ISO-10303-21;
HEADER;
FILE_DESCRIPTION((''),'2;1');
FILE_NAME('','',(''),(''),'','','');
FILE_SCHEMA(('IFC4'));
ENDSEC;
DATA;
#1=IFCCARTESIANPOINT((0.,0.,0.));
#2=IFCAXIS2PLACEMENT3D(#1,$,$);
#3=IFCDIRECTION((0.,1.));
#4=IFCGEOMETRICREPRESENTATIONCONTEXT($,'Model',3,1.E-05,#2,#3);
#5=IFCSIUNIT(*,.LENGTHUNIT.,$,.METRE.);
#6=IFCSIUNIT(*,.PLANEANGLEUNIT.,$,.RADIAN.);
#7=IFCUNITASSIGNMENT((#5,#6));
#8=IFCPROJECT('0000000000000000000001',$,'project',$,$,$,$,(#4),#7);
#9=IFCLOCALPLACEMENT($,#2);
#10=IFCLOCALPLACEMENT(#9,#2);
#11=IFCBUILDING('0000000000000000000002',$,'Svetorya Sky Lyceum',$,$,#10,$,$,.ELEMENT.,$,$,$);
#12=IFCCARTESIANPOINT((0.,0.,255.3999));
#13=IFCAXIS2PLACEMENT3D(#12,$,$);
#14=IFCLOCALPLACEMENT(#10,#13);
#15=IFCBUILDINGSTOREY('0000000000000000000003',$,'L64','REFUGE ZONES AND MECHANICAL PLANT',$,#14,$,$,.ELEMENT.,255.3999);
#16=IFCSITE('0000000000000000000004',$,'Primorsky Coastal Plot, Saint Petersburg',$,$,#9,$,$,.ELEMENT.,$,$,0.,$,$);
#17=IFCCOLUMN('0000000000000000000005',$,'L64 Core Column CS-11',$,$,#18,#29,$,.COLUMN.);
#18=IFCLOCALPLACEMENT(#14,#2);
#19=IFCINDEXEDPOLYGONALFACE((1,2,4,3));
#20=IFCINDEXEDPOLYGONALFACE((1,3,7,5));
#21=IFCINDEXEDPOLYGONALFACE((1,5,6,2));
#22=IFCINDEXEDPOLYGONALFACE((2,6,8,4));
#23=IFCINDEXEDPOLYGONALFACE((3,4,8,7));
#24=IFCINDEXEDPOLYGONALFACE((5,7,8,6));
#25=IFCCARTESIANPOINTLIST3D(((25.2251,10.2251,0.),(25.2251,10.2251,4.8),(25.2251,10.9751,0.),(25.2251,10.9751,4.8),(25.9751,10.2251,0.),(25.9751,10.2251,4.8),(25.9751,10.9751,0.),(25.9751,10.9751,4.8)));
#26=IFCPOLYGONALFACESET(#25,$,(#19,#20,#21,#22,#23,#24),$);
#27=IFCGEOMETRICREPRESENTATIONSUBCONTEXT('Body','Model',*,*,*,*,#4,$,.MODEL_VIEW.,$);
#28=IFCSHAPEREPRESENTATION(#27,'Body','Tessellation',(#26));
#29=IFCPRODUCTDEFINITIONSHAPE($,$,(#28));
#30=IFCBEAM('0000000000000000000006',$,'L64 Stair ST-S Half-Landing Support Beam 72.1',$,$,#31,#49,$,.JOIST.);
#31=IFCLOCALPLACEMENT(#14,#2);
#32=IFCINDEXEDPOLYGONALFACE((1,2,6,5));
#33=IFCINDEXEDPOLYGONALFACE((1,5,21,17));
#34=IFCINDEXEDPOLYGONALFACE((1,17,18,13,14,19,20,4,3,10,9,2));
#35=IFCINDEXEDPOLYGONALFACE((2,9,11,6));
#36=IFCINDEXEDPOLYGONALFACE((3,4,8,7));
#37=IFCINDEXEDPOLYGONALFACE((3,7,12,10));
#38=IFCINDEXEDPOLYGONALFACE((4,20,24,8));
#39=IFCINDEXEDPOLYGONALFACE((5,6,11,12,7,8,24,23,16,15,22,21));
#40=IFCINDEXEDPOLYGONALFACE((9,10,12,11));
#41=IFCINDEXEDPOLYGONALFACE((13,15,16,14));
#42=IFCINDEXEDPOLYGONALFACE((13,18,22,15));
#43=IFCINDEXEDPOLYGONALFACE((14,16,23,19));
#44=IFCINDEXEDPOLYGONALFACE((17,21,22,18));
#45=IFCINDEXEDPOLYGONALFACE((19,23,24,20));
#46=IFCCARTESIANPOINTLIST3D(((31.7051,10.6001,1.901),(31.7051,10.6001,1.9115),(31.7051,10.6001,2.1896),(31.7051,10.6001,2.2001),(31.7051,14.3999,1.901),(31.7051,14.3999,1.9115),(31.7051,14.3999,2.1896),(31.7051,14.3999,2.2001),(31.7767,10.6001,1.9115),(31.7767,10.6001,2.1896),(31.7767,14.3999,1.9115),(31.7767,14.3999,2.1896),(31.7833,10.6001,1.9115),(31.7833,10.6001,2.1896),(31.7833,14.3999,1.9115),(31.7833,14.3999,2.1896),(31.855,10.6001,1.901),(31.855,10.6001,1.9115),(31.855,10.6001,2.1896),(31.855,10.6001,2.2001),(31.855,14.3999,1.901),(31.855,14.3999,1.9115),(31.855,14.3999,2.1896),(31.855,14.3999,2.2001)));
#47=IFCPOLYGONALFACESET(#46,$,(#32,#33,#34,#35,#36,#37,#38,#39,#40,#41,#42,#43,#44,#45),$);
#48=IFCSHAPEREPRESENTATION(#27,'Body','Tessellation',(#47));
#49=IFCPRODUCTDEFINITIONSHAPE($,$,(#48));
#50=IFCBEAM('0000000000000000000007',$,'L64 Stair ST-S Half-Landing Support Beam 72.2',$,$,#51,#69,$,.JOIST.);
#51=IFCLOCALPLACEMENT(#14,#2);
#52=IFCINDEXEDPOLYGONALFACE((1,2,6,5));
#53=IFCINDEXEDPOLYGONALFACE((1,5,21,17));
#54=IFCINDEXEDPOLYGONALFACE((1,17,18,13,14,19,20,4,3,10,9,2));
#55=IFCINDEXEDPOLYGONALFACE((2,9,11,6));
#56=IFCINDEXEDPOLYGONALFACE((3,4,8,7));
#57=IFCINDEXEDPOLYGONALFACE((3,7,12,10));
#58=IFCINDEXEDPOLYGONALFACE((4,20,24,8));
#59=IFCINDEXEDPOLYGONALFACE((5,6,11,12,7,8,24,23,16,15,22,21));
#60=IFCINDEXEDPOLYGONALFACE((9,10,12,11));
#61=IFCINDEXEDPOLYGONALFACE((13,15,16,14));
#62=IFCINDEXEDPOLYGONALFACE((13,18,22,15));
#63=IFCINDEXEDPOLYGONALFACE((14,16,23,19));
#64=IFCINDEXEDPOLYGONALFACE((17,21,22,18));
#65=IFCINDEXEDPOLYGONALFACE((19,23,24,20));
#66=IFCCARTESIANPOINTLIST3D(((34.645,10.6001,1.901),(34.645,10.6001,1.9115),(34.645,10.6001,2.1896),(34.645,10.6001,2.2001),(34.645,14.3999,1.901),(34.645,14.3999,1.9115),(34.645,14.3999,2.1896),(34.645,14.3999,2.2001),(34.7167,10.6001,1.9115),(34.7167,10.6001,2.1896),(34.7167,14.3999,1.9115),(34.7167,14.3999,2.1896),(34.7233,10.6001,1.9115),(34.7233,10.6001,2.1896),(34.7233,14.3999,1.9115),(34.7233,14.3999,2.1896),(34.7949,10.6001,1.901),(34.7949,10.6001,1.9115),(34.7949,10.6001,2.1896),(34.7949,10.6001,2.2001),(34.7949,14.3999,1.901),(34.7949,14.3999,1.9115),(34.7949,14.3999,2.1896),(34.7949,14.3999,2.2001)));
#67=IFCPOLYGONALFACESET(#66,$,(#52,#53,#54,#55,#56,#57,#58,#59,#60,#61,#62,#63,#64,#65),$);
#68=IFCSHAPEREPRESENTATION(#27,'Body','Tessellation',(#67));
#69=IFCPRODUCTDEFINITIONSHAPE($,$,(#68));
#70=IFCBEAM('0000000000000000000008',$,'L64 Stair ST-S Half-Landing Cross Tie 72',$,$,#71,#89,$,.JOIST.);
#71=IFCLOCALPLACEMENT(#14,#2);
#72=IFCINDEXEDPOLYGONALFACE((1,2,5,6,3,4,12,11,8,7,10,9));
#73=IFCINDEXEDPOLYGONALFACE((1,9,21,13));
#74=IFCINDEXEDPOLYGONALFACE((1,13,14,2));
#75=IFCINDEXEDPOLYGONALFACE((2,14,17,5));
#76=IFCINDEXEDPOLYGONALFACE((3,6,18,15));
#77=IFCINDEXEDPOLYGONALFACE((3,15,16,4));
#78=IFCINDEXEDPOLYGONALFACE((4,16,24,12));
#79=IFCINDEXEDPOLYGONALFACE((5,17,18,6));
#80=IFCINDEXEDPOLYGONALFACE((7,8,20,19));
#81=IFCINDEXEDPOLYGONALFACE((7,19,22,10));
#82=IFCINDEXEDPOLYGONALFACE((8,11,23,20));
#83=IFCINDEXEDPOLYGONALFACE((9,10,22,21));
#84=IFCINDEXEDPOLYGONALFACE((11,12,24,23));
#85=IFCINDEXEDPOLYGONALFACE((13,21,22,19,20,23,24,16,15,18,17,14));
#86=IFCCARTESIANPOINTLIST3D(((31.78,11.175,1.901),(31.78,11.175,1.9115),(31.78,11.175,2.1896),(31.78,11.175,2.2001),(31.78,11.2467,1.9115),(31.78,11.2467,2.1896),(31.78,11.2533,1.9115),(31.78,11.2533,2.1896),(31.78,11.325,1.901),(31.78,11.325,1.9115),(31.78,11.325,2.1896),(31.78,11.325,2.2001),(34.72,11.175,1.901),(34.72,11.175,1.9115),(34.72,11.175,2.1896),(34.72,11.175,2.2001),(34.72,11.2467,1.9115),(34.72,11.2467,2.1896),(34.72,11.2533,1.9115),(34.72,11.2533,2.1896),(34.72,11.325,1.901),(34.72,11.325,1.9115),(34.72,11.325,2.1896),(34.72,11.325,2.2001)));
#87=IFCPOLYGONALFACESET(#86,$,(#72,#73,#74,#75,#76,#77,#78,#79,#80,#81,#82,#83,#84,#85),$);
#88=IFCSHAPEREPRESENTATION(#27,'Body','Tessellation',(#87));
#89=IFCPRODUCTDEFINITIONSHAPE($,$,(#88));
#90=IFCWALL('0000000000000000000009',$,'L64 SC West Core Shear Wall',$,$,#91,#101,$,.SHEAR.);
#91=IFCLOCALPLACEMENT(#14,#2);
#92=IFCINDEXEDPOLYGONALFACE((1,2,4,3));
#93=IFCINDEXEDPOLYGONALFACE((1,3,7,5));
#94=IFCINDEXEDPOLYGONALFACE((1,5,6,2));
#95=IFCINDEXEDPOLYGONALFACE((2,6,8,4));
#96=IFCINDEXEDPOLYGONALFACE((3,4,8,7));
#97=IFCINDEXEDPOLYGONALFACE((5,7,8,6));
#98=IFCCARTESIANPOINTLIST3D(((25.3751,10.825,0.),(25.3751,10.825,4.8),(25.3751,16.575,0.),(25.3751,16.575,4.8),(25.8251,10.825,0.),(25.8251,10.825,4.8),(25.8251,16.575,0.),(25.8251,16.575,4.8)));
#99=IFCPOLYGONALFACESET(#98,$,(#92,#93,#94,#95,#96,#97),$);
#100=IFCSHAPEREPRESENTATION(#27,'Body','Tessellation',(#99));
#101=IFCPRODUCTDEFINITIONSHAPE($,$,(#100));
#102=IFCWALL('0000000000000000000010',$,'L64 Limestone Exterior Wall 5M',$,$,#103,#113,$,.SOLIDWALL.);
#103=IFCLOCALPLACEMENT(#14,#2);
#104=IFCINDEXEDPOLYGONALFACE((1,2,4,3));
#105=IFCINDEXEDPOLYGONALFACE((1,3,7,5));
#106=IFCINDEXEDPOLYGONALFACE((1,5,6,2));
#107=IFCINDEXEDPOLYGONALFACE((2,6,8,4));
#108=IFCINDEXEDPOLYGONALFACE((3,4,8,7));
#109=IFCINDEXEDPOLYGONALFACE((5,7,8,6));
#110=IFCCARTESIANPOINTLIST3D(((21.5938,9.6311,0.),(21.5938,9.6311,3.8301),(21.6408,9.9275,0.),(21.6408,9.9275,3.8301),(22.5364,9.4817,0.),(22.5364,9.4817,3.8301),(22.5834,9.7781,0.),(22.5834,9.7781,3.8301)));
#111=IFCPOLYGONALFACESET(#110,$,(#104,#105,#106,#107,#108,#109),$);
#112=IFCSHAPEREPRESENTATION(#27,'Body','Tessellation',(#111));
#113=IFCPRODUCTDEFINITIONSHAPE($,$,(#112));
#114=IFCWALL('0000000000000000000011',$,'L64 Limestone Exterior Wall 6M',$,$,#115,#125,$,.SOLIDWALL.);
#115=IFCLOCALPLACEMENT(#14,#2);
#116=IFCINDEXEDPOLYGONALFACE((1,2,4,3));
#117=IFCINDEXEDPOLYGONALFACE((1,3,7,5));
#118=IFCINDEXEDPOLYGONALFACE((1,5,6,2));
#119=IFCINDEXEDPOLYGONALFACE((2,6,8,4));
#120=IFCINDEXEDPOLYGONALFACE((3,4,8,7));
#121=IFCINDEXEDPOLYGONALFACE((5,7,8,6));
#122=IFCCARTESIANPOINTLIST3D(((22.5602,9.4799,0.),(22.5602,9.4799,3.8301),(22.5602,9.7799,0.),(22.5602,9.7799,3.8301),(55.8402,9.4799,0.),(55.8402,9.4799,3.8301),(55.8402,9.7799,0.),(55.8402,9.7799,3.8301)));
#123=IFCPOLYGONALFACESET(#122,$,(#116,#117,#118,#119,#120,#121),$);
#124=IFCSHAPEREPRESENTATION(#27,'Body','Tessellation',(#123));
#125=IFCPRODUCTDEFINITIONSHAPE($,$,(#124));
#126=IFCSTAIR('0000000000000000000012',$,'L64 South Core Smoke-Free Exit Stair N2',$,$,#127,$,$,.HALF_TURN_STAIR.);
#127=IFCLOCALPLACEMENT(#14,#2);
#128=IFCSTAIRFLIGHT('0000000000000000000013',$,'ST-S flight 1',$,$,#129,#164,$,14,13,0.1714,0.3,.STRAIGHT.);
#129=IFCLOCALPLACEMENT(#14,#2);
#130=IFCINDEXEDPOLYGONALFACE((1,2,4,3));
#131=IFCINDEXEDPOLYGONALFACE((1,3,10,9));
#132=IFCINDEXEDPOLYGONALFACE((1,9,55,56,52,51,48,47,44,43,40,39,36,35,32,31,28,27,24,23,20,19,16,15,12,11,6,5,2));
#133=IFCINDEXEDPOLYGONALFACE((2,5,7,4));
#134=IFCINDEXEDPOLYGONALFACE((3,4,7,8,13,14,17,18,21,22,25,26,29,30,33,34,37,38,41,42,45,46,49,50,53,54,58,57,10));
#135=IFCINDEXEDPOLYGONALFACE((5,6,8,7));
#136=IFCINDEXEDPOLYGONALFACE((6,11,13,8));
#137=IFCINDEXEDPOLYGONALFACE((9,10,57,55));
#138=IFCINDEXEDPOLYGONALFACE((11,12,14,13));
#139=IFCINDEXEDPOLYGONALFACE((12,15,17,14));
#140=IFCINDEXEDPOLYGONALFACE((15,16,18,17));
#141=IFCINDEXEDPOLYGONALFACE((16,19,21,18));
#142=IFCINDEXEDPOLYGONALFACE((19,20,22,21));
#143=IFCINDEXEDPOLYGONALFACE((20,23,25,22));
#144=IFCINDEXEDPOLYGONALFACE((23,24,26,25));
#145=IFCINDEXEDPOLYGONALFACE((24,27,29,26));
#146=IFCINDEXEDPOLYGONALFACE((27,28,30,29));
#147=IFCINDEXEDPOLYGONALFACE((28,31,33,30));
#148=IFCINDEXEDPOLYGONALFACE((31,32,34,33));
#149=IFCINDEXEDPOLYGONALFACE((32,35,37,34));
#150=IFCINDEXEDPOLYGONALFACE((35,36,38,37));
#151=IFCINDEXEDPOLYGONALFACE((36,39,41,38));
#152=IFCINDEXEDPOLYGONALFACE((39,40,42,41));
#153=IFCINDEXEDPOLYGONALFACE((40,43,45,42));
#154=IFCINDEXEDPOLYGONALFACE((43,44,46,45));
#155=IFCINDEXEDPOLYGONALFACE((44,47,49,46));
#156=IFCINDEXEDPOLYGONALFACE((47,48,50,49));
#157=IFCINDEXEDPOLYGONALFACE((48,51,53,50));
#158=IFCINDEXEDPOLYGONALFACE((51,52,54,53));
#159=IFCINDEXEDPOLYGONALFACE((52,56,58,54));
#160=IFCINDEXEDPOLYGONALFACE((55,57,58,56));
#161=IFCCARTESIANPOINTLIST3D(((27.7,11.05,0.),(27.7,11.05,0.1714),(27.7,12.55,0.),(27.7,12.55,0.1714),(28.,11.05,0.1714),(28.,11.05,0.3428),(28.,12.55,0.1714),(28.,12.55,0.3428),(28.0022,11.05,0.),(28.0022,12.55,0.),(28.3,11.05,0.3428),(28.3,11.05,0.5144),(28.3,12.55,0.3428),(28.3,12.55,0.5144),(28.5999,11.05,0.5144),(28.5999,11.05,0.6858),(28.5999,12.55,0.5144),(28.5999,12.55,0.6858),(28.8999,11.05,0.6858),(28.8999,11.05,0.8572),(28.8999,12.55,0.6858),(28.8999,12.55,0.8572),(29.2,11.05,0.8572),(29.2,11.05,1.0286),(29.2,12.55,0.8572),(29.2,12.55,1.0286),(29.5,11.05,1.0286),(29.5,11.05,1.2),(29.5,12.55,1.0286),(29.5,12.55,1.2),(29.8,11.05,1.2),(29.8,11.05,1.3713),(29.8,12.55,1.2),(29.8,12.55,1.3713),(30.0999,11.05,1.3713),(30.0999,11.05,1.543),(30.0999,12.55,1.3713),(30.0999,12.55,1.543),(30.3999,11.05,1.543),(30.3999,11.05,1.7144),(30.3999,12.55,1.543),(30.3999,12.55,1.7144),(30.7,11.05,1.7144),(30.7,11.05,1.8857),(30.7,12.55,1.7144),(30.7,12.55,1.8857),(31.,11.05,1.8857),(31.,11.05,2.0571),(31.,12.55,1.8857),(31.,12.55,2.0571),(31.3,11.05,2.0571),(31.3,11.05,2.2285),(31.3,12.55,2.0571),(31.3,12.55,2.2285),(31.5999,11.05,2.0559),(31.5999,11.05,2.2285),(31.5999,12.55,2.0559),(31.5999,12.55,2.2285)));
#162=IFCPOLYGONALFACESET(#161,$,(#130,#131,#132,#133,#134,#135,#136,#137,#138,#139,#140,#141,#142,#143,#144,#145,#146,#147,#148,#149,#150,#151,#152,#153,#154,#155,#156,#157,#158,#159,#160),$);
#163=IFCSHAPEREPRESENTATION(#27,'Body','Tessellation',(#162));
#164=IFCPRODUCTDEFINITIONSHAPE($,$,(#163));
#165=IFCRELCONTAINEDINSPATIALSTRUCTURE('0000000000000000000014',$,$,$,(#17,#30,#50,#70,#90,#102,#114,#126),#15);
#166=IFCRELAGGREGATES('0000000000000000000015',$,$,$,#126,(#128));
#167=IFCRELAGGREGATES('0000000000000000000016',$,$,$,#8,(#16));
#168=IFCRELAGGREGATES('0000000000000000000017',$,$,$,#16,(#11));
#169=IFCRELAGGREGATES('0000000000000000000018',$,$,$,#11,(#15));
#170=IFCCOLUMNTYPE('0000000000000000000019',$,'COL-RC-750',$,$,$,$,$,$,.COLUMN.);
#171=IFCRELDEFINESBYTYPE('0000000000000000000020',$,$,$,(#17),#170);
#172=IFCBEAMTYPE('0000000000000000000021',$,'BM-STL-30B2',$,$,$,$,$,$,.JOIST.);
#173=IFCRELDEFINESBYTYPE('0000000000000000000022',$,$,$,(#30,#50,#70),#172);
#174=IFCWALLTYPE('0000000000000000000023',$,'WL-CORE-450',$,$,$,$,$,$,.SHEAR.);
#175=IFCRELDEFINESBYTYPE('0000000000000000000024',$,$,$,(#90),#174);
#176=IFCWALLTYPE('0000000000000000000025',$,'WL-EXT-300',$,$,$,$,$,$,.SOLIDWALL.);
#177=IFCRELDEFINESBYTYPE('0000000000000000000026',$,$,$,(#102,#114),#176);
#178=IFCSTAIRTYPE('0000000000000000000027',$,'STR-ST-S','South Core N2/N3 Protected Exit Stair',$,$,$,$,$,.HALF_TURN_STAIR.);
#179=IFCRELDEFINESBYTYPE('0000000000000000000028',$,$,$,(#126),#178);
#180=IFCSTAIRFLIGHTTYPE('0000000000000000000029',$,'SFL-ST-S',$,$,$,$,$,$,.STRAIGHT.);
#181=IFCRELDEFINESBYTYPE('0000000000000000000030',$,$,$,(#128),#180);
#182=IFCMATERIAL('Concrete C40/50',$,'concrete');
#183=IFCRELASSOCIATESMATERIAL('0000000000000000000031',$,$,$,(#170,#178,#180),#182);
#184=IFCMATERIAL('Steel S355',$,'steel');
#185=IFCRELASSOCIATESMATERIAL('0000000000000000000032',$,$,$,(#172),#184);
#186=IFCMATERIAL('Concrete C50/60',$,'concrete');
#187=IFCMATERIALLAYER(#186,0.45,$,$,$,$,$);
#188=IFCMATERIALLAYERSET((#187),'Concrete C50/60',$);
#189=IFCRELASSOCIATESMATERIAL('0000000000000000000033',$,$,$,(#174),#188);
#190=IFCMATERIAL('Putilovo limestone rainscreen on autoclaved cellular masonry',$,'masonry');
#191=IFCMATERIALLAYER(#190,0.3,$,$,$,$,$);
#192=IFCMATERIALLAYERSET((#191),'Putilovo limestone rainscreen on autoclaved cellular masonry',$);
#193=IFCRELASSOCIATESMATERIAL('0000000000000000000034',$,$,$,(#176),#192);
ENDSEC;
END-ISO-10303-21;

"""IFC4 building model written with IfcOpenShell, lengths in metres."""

from ifc_helpers import new_model, si_unit, direction, frame, frame_2d, origin, origin_2d, place, context, subcontext, project, spatial, polyline, rectangle, i_section, outline, extrude, material, layer, layer_set, material_profile, profile_set, type_object, element, aggregate, save


model = new_model("IFC4")

# Units and contexts
model_context = context("Model", 3, precision=1e-05, world=origin(), true_north=direction((0.0, 1.0)))
body_context = subcontext(model_context, "Body", "Model", "MODEL_VIEW")
ifc_project = project(units=[si_unit("LENGTHUNIT", "METRE"), si_unit("PLANEANGLEUNIT", "RADIAN")], contexts=[model_context])

# Site, building, storey
site_placement = place(None, origin())
site = spatial("IfcSite", under=ifc_project, at=site_placement, Name="Primorsky Coastal Plot, Saint Petersburg", CompositionType="ELEMENT", RefElevation=0.0)
building_placement = place(site_placement, origin())
building = spatial("IfcBuilding", under=site, at=building_placement, Name="Svetorya Sky Lyceum", CompositionType="ELEMENT")
storey_placement = place(building_placement, frame((0.0, 0.0, 255.3999)))
storey = spatial("IfcBuildingStorey", under=building, at=storey_placement, Name="L64", Description="REFUGE ZONES AND MECHANICAL PLANT", CompositionType="ELEMENT", Elevation=255.3999)

# Column
ifc_material_1 = material(Name="Concrete C40/50", Category="concrete")
ifc_material_profile_1 = material_profile(ifc_material_1, rectangle(XDim=0.75, YDim=0.75, at=origin_2d()), Name="RC COL 750x750")
ifc_profile_set_1 = profile_set([ifc_material_profile_1], Name="Concrete C40/50")
column_type = type_object("IfcColumnType", Name="COL-RC-750", PredefinedType="COLUMN", material=ifc_profile_set_1)
column_placement = place(storey_placement, frame((25.6001, 10.6001, 0.0), z_axis=(0.0, 0.0, 1.0), x_axis=(1.0, 0.0, 0.0)))
element("IfcColumn", 1, at=column_placement, inside=storey, type_object=column_type, Name="L64 Core Column CS-11", PredefinedType="COLUMN", context=body_context, shape_type="SweptSolid", body=[
    extrude(rectangle(XDim=0.75, YDim=0.75, at=origin_2d()), origin(), (0.0, 0.0, 1.0), 4.8),
])

# Beams
ifc_material_2 = material(Name="Steel S355", Category="steel")
ifc_material_profile_2 = material_profile(ifc_material_2, i_section(OverallWidth=0.1499, OverallDepth=0.2991, WebThickness=0.0066, FlangeThickness=0.0105, at=origin_2d()), Name="GOST 30B2")
ifc_profile_set_2 = profile_set([ifc_material_profile_2], Name="Steel S355")
beam_type = type_object("IfcBeamType", Name="BM-STL-30B2", PredefinedType="JOIST", material=ifc_profile_set_2)
for number, where, z_axis, x_axis, name in (
    (2, (31.78, 10.6001, 2.0505), (0.0, 1.0, 0.0), (-1.0, 0.0, 0.0), "L64 Stair ST-S Half-Landing Support Beam 72.1"),
    (3, (34.72, 10.6001, 2.0505), (0.0, 1.0, 0.0), (-1.0, 0.0, 0.0), "L64 Stair ST-S Half-Landing Support Beam 72.2"),
):
    element("IfcBeam", number, at=place(storey_placement, frame(where, z_axis=z_axis, x_axis=x_axis)), inside=storey, type_object=beam_type, Name=name, PredefinedType="JOIST", context=body_context, shape_type="SweptSolid", body=[
        extrude(i_section(OverallWidth=0.1499, OverallDepth=0.2991, WebThickness=0.0066, FlangeThickness=0.0105, at=origin_2d()), origin(), (0.0, 0.0, 1.0), 3.7998),
    ])
beam_placement = place(storey_placement, frame((31.78, 11.25, 2.0505), z_axis=(1.0, 0.0, 0.0), x_axis=(0.0, 1.0, 0.0)))
element("IfcBeam", 4, at=beam_placement, inside=storey, type_object=beam_type, Name="L64 Stair ST-S Half-Landing Cross Tie 72", PredefinedType="JOIST", context=body_context, shape_type="SweptSolid", body=[
    extrude(i_section(OverallWidth=0.1499, OverallDepth=0.2991, WebThickness=0.0066, FlangeThickness=0.0105, at=origin_2d()), origin(), (0.0, 0.0, 1.0), 2.9399),
])

# Walls
ifc_material_3 = material(Name="Concrete C50/60", Category="concrete")
ifc_layer_1 = layer(ifc_material_3, 0.45)
ifc_layer_set_1 = layer_set([ifc_layer_1], Name="Concrete C50/60")
wall_type_1 = type_object("IfcWallType", Name="WL-CORE-450", PredefinedType="SHEAR", material=ifc_layer_set_1)
wall_1_placement = place(storey_placement, frame((25.6001, 10.825, 0.0), z_axis=(0.0, 0.0, 1.0), x_axis=(0.0, 1.0, 0.0)))
element("IfcWall", 5, at=wall_1_placement, inside=storey, type_object=wall_type_1, Name="L64 SC West Core Shear Wall", PredefinedType="SHEAR", context=body_context, shape_type="SweptSolid", body=[
    extrude(rectangle(XDim=5.75, YDim=0.45, at=frame_2d((2.875, 0.0))), origin(), (0.0, 0.0, 1.0), 4.8),
])
ifc_material_4 = material(Name="Putilovo limestone rainscreen on autoclaved cellular masonry", Category="masonry")
ifc_layer_2 = layer(ifc_material_4, 0.3)
ifc_layer_set_2 = layer_set([ifc_layer_2], Name="Putilovo limestone rainscreen on autoclaved cellular masonry")
wall_type_2 = type_object("IfcWallType", Name="WL-EXT-300", PredefinedType="SOLIDWALL", material=ifc_layer_set_2)
wall_2_placement = place(storey_placement, frame((21.6174, 9.7793, 0.0), z_axis=(0.0, 0.0, 1.0), x_axis=(0.987669, -0.156554, 0.0)))
element("IfcWall", 6, at=wall_2_placement, inside=storey, type_object=wall_type_2, Name="L64 Limestone Exterior Wall 5M", PredefinedType="SOLIDWALL", context=body_context, shape_type="SweptSolid", body=[
    extrude(rectangle(XDim=0.9543, YDim=0.3, at=frame_2d((0.4771, 0.0))), origin(), (0.0, 0.0, 1.0), 3.8301),
])
wall_3_placement = place(storey_placement, frame((22.5601, 9.6299, 0.0), z_axis=(0.0, 0.0, 1.0), x_axis=(1.0, 0.0, 0.0)))
element("IfcWall", 7, at=wall_3_placement, inside=storey, type_object=wall_type_2, Name="L64 Limestone Exterior Wall 6M", PredefinedType="SOLIDWALL", context=body_context, shape_type="SweptSolid", body=[
    extrude(rectangle(XDim=33.28, YDim=0.3, at=frame_2d((16.6401, 0.0))), origin(), (0.0, 0.0, 1.0), 3.8301),
])

# Stair, stair flight
stair_type = type_object("IfcStairType", Name="STR-ST-S", Description="South Core N2/N3 Protected Exit Stair", PredefinedType="HALF_TURN_STAIR", material=ifc_material_1)
stair_placement = place(storey_placement, origin())
stair = element("IfcStair", 8, at=stair_placement, inside=storey, type_object=stair_type, Name="L64 South Core Smoke-Free Exit Stair N2", PredefinedType="HALF_TURN_STAIR")
stair_flight_type = type_object("IfcStairFlightType", Name="SFL-ST-S", PredefinedType="STRAIGHT", material=ifc_material_1)
stair_flight_1_placement = place(storey_placement, frame((27.7, 11.8, 0.0), z_axis=(0.0, 0.0, 1.0), x_axis=(1.0, 0.0, 0.0)))
stair_flight_1 = element("IfcStairFlight", 9, at=stair_flight_1_placement, type_object=stair_flight_type, Name="ST-S flight 1", NumberOfRisers=14, NumberOfTreads=13, PredefinedType="STRAIGHT", RiserHeight=0.1714, TreadLength=0.3, context=body_context, shape_type="SweptSolid", body=[
    extrude(outline(polyline([(0.0, 0.0), (0.0, 0.1714), (0.3, 0.1714), (0.3, 0.3428), (0.6001, 0.3428), (0.6001, 0.5144), (0.8999, 0.5144), (0.8999, 0.6858), (1.2, 0.6858), (1.2, 0.8572), (1.5, 0.8572), (1.5, 1.0286), (1.8, 1.0286), (1.8, 1.2), (2.1001, 1.2), (2.1001, 1.3713), (2.3999, 1.3713), (2.3999, 1.543), (2.7, 1.543), (2.7, 1.7144), (3.0, 1.7144), (3.0, 1.8857), (3.3, 1.8857), (3.3, 2.0571), (3.6001, 2.0571), (3.6001, 2.2285), (3.8999, 2.2285), (3.8999, 2.3999), (3.8999, 2.0559), (0.3022, 0.0), (0.0, 0.0)])), frame((0.0, 0.75, 0.0), z_axis=(0.0, -1.0, 0.0), x_axis=(1.0, 0.0, 0.0)), (0.0, 0.0, 1.0), 1.5),
])
aggregate(stair, [stair_flight_1])

save(model, "model.ifc")
